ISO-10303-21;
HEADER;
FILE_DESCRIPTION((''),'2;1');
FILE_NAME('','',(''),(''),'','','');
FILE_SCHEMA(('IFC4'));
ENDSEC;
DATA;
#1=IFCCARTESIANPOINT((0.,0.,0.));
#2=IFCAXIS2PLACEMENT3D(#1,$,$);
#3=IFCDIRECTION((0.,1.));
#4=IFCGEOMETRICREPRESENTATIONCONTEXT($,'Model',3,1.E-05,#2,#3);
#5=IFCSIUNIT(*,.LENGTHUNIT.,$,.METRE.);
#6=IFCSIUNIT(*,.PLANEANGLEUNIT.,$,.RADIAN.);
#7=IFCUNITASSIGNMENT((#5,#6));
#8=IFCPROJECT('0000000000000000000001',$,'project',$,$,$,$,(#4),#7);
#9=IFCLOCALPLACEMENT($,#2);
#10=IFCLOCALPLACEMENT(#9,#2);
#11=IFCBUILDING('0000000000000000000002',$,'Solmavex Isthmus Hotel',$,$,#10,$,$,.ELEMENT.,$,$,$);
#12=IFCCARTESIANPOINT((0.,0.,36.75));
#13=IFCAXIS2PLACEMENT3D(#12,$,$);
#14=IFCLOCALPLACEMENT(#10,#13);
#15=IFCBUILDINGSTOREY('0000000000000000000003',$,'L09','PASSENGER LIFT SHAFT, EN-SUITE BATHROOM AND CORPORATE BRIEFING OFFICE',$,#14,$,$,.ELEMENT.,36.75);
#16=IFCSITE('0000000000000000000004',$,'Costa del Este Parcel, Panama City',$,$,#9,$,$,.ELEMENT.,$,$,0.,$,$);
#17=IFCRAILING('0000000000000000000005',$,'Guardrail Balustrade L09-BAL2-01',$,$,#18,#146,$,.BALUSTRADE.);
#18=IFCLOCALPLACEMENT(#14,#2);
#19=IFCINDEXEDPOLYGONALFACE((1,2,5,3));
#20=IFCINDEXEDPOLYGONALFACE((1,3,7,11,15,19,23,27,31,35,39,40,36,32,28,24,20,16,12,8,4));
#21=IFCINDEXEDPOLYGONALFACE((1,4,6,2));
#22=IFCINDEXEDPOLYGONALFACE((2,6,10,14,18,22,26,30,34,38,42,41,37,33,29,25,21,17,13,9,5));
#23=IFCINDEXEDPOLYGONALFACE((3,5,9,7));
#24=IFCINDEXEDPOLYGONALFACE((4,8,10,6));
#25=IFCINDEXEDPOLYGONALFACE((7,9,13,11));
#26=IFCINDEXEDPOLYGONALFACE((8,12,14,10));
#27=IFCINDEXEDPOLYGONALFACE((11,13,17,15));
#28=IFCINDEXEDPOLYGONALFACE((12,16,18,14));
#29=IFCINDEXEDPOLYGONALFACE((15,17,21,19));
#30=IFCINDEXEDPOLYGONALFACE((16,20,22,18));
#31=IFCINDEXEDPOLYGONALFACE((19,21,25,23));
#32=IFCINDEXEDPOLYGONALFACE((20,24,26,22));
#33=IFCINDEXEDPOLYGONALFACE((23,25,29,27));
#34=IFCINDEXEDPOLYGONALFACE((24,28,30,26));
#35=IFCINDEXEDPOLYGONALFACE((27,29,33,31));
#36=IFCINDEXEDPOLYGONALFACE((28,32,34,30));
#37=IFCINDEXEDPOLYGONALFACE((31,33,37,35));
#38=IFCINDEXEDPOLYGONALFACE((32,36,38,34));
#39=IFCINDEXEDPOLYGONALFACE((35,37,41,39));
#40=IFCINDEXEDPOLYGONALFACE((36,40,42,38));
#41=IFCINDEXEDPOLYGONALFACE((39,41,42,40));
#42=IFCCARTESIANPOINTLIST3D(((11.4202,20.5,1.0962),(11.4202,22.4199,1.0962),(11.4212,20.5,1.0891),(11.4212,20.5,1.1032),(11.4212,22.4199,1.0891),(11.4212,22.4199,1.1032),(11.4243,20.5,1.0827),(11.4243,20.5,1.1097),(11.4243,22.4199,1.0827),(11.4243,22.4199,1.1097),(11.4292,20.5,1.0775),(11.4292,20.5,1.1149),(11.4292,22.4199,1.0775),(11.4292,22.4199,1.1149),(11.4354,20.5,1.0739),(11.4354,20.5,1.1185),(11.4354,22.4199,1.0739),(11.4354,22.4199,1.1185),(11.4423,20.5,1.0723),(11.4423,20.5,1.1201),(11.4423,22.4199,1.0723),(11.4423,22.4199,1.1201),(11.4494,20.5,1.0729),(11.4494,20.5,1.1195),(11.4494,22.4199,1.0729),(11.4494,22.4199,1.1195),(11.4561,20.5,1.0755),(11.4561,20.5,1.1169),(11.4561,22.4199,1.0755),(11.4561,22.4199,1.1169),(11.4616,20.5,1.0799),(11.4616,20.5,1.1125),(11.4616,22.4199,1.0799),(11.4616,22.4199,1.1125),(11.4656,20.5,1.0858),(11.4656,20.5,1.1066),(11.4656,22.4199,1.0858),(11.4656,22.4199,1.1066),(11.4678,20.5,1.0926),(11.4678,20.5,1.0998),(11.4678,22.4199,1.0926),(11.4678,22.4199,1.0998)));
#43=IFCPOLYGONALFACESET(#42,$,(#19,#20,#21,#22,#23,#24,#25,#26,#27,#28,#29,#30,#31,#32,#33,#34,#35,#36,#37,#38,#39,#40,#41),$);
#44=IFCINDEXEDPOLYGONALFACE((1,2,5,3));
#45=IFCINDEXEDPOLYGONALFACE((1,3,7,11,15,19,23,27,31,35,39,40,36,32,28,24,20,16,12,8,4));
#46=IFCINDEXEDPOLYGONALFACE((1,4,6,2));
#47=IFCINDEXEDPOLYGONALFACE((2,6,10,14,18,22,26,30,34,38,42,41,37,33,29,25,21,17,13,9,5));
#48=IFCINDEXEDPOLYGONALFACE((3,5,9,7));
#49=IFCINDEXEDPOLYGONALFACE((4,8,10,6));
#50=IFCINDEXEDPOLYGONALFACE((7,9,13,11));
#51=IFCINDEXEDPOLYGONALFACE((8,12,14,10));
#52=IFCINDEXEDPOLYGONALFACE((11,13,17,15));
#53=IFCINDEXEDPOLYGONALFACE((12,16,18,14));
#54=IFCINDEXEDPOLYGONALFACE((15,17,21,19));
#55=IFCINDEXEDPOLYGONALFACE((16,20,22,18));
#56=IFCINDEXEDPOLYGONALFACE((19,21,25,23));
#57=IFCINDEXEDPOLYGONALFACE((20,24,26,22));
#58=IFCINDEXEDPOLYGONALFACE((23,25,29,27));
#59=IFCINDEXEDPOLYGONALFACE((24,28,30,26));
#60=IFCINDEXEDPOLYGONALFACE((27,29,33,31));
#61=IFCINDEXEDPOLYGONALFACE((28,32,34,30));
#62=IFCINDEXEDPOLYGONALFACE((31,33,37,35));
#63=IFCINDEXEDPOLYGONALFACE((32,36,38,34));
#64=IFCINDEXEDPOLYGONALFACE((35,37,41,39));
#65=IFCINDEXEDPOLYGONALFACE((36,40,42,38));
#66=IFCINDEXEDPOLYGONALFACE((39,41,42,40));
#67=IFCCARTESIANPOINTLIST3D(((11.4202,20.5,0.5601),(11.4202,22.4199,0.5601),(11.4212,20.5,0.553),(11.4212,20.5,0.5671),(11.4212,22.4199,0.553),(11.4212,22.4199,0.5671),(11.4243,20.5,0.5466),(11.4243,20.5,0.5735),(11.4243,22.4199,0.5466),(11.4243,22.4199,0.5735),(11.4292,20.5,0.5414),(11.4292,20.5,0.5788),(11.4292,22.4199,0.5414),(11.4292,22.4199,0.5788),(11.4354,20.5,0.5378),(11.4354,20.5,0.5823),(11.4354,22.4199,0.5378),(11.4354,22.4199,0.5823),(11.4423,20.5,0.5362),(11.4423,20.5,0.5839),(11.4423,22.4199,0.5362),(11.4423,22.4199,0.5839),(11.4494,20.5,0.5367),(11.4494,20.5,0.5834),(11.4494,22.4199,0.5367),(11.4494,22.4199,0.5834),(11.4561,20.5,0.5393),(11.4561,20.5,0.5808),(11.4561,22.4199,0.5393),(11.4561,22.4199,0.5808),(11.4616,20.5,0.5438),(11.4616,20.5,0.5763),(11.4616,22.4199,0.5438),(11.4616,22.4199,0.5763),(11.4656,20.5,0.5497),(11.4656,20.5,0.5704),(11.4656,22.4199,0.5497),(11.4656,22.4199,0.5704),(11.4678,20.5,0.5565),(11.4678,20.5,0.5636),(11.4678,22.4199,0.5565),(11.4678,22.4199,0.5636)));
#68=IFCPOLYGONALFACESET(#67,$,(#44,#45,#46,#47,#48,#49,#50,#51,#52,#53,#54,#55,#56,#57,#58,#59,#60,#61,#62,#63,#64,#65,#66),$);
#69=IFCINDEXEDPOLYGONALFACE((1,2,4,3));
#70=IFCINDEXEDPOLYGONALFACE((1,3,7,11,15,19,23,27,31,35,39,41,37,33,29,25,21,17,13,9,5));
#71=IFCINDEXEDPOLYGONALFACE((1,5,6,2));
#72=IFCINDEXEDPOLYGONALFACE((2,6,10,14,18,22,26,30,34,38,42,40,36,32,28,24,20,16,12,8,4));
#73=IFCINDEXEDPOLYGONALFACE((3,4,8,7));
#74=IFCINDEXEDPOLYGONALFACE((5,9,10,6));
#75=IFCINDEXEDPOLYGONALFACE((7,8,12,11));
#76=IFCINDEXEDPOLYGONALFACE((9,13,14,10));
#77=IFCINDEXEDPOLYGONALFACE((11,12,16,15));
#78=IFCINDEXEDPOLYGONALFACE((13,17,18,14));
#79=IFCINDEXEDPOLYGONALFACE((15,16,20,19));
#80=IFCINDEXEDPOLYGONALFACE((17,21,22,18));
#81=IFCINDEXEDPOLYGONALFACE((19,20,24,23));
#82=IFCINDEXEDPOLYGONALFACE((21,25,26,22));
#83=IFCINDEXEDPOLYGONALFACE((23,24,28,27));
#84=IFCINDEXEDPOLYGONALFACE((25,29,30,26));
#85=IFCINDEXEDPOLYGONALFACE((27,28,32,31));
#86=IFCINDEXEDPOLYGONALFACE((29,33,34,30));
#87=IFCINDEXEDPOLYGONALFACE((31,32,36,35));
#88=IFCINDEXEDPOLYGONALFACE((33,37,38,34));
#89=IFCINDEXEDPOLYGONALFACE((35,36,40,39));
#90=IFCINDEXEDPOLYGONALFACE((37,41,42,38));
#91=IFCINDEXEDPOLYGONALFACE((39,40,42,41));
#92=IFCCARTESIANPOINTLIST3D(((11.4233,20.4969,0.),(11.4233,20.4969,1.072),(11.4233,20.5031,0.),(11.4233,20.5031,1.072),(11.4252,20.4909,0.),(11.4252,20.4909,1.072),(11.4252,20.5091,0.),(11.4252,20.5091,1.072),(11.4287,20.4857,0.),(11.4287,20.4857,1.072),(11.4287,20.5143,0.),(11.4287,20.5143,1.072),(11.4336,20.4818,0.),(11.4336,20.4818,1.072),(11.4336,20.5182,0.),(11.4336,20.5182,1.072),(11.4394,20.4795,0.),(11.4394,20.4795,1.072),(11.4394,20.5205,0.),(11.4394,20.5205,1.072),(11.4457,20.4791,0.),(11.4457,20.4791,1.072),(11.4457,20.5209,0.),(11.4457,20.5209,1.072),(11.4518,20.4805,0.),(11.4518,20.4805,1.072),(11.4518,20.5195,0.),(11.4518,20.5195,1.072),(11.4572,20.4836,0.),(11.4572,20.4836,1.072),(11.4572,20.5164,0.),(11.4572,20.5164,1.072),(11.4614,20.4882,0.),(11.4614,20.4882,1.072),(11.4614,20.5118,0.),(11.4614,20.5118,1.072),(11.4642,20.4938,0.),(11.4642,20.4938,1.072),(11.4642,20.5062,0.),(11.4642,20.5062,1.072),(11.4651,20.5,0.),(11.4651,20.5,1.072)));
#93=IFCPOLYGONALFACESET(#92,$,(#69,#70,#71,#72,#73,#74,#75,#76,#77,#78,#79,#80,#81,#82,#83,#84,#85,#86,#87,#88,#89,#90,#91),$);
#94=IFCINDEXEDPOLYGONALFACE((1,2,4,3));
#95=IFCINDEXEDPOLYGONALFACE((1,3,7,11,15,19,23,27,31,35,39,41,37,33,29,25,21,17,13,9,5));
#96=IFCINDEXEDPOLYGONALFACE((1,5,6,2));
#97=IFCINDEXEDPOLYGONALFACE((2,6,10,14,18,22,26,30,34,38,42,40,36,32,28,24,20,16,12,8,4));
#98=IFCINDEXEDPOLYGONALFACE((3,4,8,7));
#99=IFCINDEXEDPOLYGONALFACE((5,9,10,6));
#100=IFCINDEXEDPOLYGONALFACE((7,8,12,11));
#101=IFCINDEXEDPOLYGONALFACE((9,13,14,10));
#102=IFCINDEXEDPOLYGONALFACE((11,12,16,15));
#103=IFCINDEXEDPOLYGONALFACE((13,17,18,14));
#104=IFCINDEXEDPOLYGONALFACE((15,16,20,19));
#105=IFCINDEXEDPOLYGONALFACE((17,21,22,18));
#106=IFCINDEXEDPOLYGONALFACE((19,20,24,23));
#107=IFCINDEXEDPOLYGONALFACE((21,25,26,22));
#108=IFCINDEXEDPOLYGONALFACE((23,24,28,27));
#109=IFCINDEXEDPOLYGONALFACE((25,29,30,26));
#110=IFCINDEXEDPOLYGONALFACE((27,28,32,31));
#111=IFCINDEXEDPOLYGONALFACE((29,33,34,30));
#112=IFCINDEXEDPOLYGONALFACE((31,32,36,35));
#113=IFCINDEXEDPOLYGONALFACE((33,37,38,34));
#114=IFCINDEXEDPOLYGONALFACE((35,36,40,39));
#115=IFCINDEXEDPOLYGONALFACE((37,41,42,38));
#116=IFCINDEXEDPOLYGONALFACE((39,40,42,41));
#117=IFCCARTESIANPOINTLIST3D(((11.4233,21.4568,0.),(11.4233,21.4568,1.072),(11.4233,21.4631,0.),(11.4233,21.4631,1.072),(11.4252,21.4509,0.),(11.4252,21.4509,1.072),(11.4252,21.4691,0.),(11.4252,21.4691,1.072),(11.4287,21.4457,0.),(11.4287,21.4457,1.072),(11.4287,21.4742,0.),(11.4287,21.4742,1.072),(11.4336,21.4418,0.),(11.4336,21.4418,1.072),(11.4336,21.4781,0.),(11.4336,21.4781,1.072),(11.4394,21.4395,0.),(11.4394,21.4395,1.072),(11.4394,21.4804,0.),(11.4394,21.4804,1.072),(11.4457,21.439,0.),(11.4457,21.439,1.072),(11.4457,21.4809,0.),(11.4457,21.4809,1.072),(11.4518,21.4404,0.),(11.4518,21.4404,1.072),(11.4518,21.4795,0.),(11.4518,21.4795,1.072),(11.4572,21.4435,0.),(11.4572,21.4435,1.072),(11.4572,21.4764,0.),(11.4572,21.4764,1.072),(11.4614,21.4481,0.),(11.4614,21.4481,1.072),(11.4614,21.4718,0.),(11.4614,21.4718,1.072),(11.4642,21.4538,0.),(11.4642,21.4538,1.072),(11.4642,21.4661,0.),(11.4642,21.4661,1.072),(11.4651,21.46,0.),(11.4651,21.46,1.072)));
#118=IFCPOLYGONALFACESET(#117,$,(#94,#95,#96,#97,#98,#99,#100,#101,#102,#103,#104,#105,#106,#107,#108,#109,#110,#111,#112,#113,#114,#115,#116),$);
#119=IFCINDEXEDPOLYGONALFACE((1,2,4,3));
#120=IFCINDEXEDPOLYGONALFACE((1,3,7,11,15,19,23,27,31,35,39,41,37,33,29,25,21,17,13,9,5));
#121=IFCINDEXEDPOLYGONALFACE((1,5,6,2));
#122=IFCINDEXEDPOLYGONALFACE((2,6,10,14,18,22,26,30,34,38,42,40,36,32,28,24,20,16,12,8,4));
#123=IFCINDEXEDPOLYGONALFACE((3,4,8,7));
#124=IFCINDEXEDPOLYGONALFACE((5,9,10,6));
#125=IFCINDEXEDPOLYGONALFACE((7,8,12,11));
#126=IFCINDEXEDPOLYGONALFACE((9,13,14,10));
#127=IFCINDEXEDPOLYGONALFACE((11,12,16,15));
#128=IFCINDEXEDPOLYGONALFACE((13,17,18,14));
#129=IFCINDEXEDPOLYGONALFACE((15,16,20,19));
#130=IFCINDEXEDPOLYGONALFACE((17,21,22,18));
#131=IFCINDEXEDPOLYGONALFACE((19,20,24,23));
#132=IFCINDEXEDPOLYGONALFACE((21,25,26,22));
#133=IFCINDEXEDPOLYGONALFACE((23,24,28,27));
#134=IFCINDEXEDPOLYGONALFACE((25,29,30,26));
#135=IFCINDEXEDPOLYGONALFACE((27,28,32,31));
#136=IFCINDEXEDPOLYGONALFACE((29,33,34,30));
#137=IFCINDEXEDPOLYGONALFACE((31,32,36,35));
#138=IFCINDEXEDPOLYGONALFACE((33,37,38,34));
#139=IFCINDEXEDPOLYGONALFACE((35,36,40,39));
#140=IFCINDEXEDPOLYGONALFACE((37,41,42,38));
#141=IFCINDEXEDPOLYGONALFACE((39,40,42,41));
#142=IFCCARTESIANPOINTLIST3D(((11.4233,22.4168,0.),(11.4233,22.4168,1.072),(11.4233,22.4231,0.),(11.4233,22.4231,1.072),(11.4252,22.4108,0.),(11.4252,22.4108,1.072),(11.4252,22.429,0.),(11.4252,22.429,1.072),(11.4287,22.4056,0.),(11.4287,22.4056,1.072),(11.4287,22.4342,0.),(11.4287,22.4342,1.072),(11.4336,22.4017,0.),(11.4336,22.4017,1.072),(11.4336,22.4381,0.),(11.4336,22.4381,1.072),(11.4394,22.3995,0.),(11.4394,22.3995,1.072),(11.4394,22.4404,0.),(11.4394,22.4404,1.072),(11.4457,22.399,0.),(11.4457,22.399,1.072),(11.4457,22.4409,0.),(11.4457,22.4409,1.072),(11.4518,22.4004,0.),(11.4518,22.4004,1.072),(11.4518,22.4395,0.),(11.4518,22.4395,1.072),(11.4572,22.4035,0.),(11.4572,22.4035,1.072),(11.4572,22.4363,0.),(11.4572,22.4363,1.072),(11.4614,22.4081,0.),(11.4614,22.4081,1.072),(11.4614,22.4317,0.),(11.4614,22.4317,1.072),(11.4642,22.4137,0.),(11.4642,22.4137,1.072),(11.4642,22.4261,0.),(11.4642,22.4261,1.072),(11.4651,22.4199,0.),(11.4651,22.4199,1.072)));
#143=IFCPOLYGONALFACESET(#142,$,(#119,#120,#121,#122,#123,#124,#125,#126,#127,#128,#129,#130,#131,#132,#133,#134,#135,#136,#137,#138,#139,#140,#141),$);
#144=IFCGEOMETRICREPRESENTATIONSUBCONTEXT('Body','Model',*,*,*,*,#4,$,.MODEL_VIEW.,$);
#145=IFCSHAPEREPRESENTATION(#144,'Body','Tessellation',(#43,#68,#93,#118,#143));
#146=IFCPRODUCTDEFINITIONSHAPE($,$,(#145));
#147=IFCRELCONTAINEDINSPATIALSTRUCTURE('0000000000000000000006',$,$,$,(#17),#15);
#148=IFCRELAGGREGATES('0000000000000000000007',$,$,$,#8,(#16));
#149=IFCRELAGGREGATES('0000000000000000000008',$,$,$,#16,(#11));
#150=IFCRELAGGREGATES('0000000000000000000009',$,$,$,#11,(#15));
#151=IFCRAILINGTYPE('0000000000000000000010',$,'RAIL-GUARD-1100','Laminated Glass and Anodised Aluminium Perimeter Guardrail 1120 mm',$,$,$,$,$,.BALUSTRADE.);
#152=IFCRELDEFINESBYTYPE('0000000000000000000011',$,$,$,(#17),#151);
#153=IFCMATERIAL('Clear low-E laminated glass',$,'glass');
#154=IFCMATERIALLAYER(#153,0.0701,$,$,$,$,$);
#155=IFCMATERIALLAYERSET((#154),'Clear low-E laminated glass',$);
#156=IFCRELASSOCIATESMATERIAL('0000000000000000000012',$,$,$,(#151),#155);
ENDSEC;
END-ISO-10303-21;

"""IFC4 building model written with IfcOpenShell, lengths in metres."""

from ifc_helpers import new_model, si_unit, direction, frame, origin, origin_2d, place, context, subcontext, project, spatial, circle, extrude, material, layer, layer_set, type_object, element, save


model = new_model("IFC4")

# Units and contexts
model_context = context("Model", 3, precision=1e-05, world=origin(), true_north=direction((0.0, 1.0)))
body_context = subcontext(model_context, "Body", "Model", "MODEL_VIEW")
ifc_project = project(units=[si_unit("LENGTHUNIT", "METRE"), si_unit("PLANEANGLEUNIT", "RADIAN")], contexts=[model_context])

# Site, building, storey
site_placement = place(None, origin())
site = spatial("IfcSite", under=ifc_project, at=site_placement, Name="Costa del Este Parcel, Panama City", CompositionType="ELEMENT", RefElevation=0.0)
building_placement = place(site_placement, origin())
building = spatial("IfcBuilding", under=site, at=building_placement, Name="Solmavex Isthmus Hotel", CompositionType="ELEMENT")
storey_placement = place(building_placement, frame((0.0, 0.0, 36.75)))
storey = spatial("IfcBuildingStorey", under=building, at=storey_placement, Name="L09", Description="PASSENGER LIFT SHAFT, EN-SUITE BATHROOM AND CORPORATE BRIEFING OFFICE", CompositionType="ELEMENT", Elevation=36.75)

# Shared definitions
ifc_material_1 = material(Name="Clear low-E laminated glass", Category="glass")

# Railing
ifc_layer_1 = layer(ifc_material_1, 0.0701)
ifc_layer_set_1 = layer_set([ifc_layer_1], Name="Clear low-E laminated glass")
railing_type = type_object("IfcRailingType", Name="RAIL-GUARD-1100", Description="Laminated Glass and Anodised Aluminium Perimeter Guardrail 1120 mm", PredefinedType="BALUSTRADE", material=ifc_layer_set_1)
railing_1_placement = place(storey_placement, frame((11.4441, 20.5, 0.0)))
element("IfcRailing", 1, at=railing_1_placement, inside=storey, type_object=railing_type, Name="Guardrail Balustrade L09-BAL2-01", PredefinedType="BALUSTRADE", context=body_context, shape_type="SweptSolid", body=[
    extrude(circle(Radius=0.0239, at=origin_2d()), frame((0.0, 0.0, 1.0962), z_axis=(0.0, 1.0, 0.0), x_axis=(-1.0, 0.0, 0.0)), (0.0, 0.0, 1.0), 1.9199),
    extrude(circle(Radius=0.0239, at=origin_2d()), frame((0.0, 0.0, 0.5601), z_axis=(0.0, 1.0, 0.0), x_axis=(-1.0, 0.0, 0.0)), (0.0, 0.0, 1.0), 1.9199),
    extrude(circle(Radius=0.021, at=origin_2d()), origin(), (0.0, 0.0, 1.0), 1.072),
    extrude(circle(Radius=0.021, at=origin_2d()), frame((0.0, 0.96, 0.0)), (0.0, 0.0, 1.0), 1.072),
    extrude(circle(Radius=0.021, at=origin_2d()), frame((0.0, 1.9199, 0.0)), (0.0, 0.0, 1.0), 1.072),
])

save(model, "model.ifc")
